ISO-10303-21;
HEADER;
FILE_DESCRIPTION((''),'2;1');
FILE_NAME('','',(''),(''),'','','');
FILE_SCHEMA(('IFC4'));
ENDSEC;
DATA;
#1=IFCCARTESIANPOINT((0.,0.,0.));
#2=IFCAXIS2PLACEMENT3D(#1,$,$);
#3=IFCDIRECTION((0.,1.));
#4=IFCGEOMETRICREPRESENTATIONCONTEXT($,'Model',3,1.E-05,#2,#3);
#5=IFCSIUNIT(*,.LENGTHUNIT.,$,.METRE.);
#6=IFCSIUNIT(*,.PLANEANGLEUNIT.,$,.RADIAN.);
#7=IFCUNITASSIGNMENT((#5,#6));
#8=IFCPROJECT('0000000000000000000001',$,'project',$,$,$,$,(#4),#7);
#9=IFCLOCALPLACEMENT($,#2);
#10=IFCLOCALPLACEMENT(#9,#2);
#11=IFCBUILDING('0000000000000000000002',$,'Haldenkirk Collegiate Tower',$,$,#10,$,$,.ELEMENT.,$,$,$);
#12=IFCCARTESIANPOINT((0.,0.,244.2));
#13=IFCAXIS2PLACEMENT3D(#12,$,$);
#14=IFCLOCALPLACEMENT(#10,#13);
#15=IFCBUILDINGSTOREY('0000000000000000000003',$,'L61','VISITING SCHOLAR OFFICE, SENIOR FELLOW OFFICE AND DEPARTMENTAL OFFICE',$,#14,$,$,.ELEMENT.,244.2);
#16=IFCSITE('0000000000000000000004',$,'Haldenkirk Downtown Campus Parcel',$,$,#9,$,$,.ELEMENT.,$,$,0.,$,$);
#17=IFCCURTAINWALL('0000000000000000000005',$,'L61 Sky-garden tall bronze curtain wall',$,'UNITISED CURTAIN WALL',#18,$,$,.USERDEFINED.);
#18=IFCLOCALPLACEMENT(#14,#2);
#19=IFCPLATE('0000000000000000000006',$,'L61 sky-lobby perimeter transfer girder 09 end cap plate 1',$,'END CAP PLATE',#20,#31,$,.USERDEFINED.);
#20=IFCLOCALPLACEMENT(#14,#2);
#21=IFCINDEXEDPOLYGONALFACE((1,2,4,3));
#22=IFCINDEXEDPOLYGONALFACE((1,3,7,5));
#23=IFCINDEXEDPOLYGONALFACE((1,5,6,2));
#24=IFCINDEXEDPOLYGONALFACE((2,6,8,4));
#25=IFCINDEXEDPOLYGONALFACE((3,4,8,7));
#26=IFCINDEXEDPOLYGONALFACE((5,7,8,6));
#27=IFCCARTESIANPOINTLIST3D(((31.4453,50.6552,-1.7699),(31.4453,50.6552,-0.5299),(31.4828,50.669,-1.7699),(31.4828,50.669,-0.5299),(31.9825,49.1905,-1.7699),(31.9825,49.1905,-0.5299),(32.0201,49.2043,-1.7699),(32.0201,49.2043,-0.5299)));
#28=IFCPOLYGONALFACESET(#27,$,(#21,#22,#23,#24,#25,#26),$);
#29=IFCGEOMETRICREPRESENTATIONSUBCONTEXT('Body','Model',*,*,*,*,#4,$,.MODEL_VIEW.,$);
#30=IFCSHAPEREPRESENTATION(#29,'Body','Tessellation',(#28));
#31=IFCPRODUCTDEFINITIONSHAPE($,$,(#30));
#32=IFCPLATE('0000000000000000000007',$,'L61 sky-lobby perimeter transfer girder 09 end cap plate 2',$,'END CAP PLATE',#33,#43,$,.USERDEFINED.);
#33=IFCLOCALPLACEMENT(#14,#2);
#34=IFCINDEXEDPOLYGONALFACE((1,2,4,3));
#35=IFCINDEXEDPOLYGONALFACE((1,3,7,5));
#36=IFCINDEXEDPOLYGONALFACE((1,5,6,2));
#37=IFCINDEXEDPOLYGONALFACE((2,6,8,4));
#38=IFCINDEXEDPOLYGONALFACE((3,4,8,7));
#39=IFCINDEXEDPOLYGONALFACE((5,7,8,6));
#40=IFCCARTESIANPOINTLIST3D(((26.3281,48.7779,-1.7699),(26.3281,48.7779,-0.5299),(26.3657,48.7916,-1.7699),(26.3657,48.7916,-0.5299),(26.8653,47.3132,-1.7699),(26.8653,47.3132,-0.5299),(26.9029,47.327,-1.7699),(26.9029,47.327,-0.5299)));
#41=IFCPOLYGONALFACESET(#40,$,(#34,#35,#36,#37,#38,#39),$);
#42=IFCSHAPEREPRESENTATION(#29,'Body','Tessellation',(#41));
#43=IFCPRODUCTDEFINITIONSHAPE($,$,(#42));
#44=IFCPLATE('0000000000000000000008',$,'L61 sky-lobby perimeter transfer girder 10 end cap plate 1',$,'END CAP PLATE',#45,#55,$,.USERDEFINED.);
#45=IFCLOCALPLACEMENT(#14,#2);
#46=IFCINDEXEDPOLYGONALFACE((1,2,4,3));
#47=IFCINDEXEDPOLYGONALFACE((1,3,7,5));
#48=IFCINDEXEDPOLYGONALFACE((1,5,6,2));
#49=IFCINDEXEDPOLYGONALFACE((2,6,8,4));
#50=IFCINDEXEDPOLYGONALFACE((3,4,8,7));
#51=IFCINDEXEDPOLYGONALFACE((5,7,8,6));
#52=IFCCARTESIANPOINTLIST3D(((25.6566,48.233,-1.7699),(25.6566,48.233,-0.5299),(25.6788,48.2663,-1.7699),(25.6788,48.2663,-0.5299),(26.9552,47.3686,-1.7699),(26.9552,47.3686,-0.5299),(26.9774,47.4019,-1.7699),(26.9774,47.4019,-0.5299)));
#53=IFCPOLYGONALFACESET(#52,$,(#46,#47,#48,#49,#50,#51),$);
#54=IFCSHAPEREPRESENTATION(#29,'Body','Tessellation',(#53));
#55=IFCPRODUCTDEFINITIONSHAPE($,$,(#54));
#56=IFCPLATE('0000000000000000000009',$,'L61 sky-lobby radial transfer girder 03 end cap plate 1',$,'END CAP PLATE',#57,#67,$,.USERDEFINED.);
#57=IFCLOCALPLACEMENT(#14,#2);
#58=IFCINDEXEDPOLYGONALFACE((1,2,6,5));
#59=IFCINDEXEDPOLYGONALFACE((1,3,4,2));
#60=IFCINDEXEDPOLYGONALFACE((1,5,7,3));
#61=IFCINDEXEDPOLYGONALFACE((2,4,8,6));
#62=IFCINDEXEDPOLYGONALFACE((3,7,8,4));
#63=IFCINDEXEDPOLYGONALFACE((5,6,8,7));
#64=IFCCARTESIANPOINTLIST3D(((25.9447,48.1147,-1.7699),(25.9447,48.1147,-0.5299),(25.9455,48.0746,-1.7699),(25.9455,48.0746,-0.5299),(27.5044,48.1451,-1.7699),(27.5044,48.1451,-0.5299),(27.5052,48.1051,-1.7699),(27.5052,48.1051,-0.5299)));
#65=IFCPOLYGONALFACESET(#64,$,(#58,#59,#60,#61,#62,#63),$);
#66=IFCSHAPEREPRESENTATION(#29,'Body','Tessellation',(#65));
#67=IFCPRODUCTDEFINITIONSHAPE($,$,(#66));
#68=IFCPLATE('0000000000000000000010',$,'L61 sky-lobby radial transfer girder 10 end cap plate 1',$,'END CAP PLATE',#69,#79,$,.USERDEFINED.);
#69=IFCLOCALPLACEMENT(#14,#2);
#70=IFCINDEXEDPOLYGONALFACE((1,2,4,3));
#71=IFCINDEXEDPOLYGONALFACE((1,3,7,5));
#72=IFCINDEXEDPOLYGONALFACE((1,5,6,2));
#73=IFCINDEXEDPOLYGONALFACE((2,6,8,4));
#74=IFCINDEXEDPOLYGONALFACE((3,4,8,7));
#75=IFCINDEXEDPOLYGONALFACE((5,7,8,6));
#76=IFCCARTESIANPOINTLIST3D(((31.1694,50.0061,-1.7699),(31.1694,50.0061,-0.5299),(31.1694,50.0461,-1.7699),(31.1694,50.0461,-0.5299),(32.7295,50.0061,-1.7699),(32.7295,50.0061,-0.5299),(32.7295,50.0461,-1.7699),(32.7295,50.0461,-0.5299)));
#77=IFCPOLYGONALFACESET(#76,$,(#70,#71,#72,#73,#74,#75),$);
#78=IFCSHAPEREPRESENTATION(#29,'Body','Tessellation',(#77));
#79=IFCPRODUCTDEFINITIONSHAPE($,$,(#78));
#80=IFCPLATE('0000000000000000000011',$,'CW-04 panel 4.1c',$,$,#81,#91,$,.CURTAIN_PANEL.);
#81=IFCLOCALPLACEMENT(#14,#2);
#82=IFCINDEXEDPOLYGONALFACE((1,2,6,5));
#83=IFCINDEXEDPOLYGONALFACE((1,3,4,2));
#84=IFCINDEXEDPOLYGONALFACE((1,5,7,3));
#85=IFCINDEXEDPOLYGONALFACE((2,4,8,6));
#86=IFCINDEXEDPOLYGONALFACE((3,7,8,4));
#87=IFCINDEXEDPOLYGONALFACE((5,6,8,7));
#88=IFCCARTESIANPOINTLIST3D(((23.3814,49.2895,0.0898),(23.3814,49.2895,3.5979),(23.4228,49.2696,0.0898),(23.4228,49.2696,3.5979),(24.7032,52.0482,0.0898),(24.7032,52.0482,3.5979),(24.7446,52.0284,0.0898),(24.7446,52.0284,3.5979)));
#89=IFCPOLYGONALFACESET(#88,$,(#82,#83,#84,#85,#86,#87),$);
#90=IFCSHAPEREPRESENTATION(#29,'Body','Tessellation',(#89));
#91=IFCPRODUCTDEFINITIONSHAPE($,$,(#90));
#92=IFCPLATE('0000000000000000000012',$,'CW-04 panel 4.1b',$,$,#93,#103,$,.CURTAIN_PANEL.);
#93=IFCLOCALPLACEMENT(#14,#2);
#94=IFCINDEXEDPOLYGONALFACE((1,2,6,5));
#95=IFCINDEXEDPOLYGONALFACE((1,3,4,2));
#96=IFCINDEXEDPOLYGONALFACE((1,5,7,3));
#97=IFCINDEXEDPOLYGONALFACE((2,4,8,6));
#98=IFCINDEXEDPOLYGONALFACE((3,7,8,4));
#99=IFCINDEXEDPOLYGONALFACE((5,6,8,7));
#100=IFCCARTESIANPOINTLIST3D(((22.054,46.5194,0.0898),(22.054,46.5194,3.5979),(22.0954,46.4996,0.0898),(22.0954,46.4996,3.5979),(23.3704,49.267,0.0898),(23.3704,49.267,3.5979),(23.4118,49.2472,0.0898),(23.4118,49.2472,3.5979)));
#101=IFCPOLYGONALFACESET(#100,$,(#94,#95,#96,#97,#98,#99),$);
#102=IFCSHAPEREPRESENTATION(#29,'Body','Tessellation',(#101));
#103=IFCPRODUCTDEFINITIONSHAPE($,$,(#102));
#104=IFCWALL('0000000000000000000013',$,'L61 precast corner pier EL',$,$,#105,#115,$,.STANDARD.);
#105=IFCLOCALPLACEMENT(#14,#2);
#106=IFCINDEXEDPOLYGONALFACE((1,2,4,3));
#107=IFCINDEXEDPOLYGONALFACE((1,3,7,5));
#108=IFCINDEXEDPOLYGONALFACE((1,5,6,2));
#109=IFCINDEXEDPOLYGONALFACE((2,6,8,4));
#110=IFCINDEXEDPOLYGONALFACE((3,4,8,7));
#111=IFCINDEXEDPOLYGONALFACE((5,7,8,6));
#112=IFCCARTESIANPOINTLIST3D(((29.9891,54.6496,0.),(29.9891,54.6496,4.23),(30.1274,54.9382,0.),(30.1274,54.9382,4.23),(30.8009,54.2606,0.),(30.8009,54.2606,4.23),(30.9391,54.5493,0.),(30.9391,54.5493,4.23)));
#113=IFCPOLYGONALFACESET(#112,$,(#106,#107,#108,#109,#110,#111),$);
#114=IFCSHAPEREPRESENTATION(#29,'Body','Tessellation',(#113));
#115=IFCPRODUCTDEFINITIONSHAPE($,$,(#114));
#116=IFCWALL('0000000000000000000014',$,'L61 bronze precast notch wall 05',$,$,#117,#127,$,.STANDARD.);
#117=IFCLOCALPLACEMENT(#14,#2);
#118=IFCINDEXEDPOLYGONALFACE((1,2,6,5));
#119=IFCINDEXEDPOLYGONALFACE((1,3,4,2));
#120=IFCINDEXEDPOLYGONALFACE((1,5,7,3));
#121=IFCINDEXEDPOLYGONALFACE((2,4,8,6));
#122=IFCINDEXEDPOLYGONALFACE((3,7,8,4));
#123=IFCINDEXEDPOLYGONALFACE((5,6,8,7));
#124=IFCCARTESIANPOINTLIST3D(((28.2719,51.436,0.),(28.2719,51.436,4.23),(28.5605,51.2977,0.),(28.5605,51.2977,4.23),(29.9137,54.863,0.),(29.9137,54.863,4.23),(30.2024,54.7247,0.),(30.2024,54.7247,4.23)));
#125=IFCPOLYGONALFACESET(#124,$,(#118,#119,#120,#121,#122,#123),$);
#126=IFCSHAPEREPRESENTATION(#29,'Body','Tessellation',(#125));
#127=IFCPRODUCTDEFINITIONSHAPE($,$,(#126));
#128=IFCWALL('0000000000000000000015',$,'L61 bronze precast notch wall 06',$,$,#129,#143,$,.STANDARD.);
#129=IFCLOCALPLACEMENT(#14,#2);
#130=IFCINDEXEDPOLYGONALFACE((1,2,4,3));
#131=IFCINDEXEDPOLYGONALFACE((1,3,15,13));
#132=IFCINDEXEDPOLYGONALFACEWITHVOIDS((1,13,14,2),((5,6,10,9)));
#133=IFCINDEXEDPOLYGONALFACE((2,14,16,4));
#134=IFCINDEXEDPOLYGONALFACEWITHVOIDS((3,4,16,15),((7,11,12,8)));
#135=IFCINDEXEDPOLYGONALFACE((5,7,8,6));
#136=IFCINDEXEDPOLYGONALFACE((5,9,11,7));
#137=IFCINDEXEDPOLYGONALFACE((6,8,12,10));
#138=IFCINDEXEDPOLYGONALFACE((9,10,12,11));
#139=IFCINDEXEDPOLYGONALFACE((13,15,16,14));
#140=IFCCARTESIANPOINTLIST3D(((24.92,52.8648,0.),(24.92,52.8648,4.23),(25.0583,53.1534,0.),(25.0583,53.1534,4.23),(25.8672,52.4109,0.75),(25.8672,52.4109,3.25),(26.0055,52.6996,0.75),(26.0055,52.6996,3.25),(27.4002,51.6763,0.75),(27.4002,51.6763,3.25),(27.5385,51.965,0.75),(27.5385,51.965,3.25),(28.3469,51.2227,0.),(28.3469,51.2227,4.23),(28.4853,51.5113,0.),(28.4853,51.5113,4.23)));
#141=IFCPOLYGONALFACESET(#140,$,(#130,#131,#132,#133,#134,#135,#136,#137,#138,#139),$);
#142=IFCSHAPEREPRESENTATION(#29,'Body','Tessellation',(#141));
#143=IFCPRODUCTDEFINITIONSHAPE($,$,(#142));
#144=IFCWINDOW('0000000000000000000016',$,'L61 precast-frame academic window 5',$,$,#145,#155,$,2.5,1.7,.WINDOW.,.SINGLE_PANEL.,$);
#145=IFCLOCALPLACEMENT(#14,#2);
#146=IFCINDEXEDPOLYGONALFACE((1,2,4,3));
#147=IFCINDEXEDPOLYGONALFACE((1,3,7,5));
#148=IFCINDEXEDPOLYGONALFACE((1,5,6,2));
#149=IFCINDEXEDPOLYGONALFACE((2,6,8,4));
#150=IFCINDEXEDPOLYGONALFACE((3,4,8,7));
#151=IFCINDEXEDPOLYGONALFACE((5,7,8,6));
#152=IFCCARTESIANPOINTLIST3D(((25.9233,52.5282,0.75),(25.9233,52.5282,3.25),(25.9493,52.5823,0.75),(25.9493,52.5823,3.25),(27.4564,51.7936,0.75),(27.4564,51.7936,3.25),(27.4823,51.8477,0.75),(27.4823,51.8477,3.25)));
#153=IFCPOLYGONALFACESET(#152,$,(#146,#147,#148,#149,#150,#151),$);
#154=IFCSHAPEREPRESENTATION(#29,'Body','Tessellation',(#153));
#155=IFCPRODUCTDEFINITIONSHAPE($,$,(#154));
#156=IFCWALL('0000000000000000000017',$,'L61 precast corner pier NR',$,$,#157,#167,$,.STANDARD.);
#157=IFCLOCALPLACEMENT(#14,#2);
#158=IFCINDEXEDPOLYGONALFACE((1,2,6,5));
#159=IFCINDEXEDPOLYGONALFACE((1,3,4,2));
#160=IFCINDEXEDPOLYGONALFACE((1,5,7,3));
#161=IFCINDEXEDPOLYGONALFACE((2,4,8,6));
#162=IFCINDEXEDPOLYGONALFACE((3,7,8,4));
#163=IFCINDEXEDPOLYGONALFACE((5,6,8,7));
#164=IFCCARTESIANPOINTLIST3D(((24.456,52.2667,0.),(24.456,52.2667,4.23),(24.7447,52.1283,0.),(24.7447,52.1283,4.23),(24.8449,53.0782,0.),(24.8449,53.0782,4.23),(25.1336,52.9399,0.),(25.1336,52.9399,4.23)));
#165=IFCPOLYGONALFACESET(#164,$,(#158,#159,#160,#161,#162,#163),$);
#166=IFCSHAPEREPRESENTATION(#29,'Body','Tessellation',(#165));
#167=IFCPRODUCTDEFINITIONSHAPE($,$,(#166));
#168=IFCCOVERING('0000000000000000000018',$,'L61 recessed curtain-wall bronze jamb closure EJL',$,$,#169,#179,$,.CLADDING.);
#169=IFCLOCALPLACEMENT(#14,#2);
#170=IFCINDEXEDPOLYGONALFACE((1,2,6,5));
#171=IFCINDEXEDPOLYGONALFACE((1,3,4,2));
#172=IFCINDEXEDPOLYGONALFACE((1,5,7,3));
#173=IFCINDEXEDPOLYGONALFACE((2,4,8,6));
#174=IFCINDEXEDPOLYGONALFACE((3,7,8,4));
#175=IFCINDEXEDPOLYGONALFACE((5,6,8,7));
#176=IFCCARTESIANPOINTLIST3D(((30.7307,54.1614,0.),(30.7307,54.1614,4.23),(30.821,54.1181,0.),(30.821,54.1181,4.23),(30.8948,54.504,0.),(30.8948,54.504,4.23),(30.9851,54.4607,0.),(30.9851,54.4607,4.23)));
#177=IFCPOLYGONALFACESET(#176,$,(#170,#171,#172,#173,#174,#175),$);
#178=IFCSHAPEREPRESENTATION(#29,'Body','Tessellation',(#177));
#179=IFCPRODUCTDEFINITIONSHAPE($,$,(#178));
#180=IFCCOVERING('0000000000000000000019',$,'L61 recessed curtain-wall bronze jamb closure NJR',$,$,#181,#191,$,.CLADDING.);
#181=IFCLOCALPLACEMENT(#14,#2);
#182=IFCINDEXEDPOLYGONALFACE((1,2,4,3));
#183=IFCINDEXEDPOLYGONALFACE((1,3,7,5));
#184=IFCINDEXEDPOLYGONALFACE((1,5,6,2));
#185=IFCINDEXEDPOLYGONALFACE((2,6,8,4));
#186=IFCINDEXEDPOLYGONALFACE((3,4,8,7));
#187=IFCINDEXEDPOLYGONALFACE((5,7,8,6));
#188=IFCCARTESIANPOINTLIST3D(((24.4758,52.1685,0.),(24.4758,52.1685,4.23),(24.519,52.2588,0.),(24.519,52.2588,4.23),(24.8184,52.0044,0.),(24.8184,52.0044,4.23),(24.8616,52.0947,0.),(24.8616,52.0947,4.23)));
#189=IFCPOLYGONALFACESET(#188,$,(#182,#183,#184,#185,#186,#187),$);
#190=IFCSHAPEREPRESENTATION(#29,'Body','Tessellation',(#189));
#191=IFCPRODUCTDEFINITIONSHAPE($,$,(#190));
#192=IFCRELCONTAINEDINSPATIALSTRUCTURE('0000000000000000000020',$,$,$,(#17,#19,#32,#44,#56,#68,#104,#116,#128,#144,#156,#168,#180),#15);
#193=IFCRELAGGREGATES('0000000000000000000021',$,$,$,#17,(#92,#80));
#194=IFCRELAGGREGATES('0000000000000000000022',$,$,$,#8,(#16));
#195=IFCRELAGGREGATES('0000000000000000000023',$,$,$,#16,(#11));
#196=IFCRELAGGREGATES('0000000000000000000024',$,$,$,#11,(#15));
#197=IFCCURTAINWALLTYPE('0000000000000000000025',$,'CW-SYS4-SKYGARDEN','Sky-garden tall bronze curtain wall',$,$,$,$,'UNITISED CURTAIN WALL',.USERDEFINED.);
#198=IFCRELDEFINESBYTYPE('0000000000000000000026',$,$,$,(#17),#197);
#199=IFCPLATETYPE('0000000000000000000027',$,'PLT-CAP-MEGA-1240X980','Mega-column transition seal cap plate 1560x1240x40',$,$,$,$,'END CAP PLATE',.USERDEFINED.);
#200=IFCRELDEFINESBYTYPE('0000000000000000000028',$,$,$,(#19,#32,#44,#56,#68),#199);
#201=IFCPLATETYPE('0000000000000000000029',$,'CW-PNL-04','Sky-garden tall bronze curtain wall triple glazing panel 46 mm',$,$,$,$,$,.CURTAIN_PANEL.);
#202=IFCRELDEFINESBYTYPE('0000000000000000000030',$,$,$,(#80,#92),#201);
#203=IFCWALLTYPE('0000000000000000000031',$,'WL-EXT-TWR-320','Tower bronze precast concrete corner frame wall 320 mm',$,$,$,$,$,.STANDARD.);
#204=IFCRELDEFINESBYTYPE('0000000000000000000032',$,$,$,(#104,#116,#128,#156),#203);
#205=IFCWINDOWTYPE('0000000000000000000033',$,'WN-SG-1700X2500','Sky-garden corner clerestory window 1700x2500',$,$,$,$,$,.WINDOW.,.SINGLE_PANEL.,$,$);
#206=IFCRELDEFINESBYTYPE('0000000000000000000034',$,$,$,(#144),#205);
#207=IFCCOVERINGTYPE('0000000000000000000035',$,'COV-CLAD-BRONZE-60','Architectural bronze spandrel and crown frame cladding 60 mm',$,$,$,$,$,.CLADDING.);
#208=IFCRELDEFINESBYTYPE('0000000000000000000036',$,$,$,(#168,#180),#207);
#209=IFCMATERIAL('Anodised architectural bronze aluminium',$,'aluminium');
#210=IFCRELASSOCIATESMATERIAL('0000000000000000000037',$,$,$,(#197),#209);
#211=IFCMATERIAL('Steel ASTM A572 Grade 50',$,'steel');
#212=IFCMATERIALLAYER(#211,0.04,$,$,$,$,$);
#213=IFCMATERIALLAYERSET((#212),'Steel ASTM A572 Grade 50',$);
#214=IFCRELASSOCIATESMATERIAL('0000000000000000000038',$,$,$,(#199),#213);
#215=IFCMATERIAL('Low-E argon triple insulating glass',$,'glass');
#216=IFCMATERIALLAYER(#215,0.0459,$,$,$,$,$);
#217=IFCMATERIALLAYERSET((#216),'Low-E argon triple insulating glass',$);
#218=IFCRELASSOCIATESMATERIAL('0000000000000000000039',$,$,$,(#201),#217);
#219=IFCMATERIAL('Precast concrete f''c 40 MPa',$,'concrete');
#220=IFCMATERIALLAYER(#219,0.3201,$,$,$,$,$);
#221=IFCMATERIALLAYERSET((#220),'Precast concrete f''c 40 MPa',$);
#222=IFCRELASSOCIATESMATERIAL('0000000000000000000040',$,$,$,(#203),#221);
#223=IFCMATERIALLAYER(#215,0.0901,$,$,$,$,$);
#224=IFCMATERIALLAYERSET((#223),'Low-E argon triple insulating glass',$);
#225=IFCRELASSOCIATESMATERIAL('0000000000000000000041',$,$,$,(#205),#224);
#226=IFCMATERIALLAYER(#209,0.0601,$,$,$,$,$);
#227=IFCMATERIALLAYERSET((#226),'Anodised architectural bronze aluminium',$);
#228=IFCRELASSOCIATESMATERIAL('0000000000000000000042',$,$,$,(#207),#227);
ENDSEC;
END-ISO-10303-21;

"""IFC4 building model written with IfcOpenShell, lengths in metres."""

from ifc_helpers import new_model, si_unit, direction, frame, frame_2d, origin, origin_2d, place, context, subcontext, project, spatial, rectangle, extrude, source, transform, mapped, material, layer, layer_set, type_object, element, fill, aggregate, save


model = new_model("IFC4")

# Units and contexts
model_context = context("Model", 3, precision=1e-05, world=origin(), true_north=direction((0.0, 1.0)))
body_context = subcontext(model_context, "Body", "Model", "MODEL_VIEW")
ifc_project = project(units=[si_unit("LENGTHUNIT", "METRE"), si_unit("PLANEANGLEUNIT", "RADIAN")], contexts=[model_context])

# Site, building, storey
site_placement = place(None, origin())
site = spatial("IfcSite", under=ifc_project, at=site_placement, Name="Haldenkirk Downtown Campus Parcel", CompositionType="ELEMENT", RefElevation=0.0)
building_placement = place(site_placement, origin())
building = spatial("IfcBuilding", under=site, at=building_placement, Name="Haldenkirk Collegiate Tower", CompositionType="ELEMENT")
storey_placement = place(building_placement, frame((0.0, 0.0, 244.2)))
storey = spatial("IfcBuildingStorey", under=building, at=storey_placement, Name="L61", Description="VISITING SCHOLAR OFFICE, SENIOR FELLOW OFFICE AND DEPARTMENTAL OFFICE", CompositionType="ELEMENT", Elevation=244.2)

# Shared definitions
ifc_material_1 = material(Name="Steel ASTM A572 Grade 50", Category="steel")

# Curtain wall
ifc_material_2 = material(Name="Anodised architectural bronze aluminium", Category="aluminium")
curtain_wall_type = type_object("IfcCurtainWallType", Name="CW-SYS4-SKYGARDEN", Description="Sky-garden tall bronze curtain wall", ElementType="UNITISED CURTAIN WALL", PredefinedType="USERDEFINED", material=ifc_material_2)
curtain_wall_1_placement = place(storey_placement, origin())
curtain_wall_1 = element("IfcCurtainWall", 1, at=curtain_wall_1_placement, inside=storey, type_object=curtain_wall_type, Name="L61 Sky-garden tall bronze curtain wall", ObjectType="UNITISED CURTAIN WALL", PredefinedType="USERDEFINED")

# Plates
ifc_layer_1 = layer(ifc_material_1, 0.04)
ifc_layer_set_1 = layer_set([ifc_layer_1], Name="Steel ASTM A572 Grade 50")
plate_type_1 = type_object("IfcPlateType", Name="PLT-CAP-MEGA-1240X980", Description="Mega-column transition seal cap plate 1560x1240x40", ElementType="END CAP PLATE", PredefinedType="USERDEFINED", material=ifc_layer_set_1)
shared_shape_1 = source(origin(), body_context, "Body", "SweptSolid", [
    extrude(rectangle(XDim=1.5601, YDim=1.24, at=origin_2d()), origin(), (0.0, 0.0, 1.0), 0.04),
])
for number, where, z_axis, x_axis, name in (
    (2, (31.7139, 49.9229, -1.1499), (0.938835, 0.344367, 0.0), (-0.344367, 0.938835, 0.0), "L61 sky-lobby perimeter transfer girder 09 end cap plate 1"),
    (3, (26.6343, 48.0593, -1.1499), (-0.938835, -0.344367, 0.0), (0.344367, -0.938835, 0.0), "L61 sky-lobby perimeter transfer girder 09 end cap plate 2"),
    (4, (26.3059, 47.8008, -1.1499), (0.554121, 0.832436, 0.0), (-0.832436, 0.554121, 0.0), "L61 sky-lobby perimeter transfer girder 10 end cap plate 1"),
    (5, (26.7253, 48.0898, -1.1499), (-0.019502, 0.99981, 0.0), (-0.99981, -0.019502, 0.0), "L61 sky-lobby radial transfer girder 03 end cap plate 1"),
    (6, (31.9495, 50.0061, -1.1499), (0.0, 1.0, 0.0), (-1.0, 0.0, 0.0), "L61 sky-lobby radial transfer girder 10 end cap plate 1"),
):
    element("IfcPlate", number, at=place(storey_placement, frame(where, z_axis=z_axis, x_axis=x_axis)), inside=storey, type_object=plate_type_1, Name=name, ObjectType="END CAP PLATE", PredefinedType="USERDEFINED", context=body_context, shape_type="MappedRepresentation", body=[
        mapped(shared_shape_1, transform((0.0, 0.0, 0.0), x_axis=(1.0, 0.0, 0.0), y_axis=(0.0, 1.0, 0.0), z_axis=(0.0, 0.0, 1.0), scale=1.0)),
    ])

# Plates
ifc_material_3 = material(Name="Low-E argon triple insulating glass", Category="glass")
ifc_layer_2 = layer(ifc_material_3, 0.0459)
ifc_layer_set_2 = layer_set([ifc_layer_2], Name="Low-E argon triple insulating glass")
plate_type_2 = type_object("IfcPlateType", Name="CW-PNL-04", Description="Sky-garden tall bronze curtain wall triple glazing panel 46 mm", PredefinedType="CURTAIN_PANEL", material=ifc_layer_set_2)
shared_shape_2 = source(origin(), body_context, "Body", "SweptSolid", [
    extrude(rectangle(XDim=3.0591, YDim=0.0459, at=origin_2d()), origin(), (0.0, 0.0, 1.0), 3.5081),
])
plate_1_placement = place(storey_placement, frame((24.063, 50.6589, 0.0898), z_axis=(0.0, 0.0, 1.0), x_axis=(0.432084, 0.901833, 0.0)))
plate_1 = element("IfcPlate", 7, at=plate_1_placement, type_object=plate_type_2, Name="CW-04 panel 4.1c", PredefinedType="CURTAIN_PANEL", context=body_context, shape_type="MappedRepresentation", body=[
    mapped(shared_shape_2, transform((0.0, 0.0, 0.0), x_axis=(1.0, 0.0, 0.0), y_axis=(0.0, 1.0, 0.0), z_axis=(0.0, 0.0, 1.0), scale=1.0)),
])
shared_shape_3 = source(origin(), body_context, "Body", "SweptSolid", [
    extrude(rectangle(XDim=3.0466, YDim=0.0459, at=origin_2d()), origin(), (0.0, 0.0, 1.0), 3.5081),
])
plate_2_placement = place(storey_placement, frame((22.7329, 47.8833, 0.0898), z_axis=(0.0, 0.0, 1.0), x_axis=(0.432084, 0.901833, 0.0)))
plate_2 = element("IfcPlate", 8, at=plate_2_placement, type_object=plate_type_2, Name="CW-04 panel 4.1b", PredefinedType="CURTAIN_PANEL", context=body_context, shape_type="MappedRepresentation", body=[
    mapped(shared_shape_3, transform((0.0, 0.0, 0.0), x_axis=(1.0, 0.0, 0.0), y_axis=(0.0, 1.0, 0.0), z_axis=(0.0, 0.0, 1.0), scale=1.0)),
])
aggregate(curtain_wall_1, [plate_2, plate_1])

# Walls
ifc_material_4 = material(Name="Precast concrete f'c 40 MPa", Category="concrete")
ifc_layer_3 = layer(ifc_material_4, 0.3201)
ifc_layer_set_3 = layer_set([ifc_layer_3], Name="Precast concrete f'c 40 MPa")
wall_type = type_object("IfcWallType", Name="WL-EXT-TWR-320", Description="Tower bronze precast concrete corner frame wall 320 mm", PredefinedType="STANDARD", material=ifc_layer_set_3)
wall_1_placement = place(storey_placement, frame((30.0581, 54.7939, 0.0), z_axis=(0.0, 0.0, 1.0), x_axis=(0.90184, -0.43207, 0.0)))
element("IfcWall", 9, at=wall_1_placement, inside=storey, type_object=wall_type, Name="L61 precast corner pier EL", PredefinedType="STANDARD", context=body_context, shape_type="SweptSolid", body=[
    extrude(rectangle(XDim=0.9001, YDim=0.3201, at=frame_2d((0.4502, 0.0))), origin(), (0.0, 0.0, 1.0), 4.23),
])
wall_2_placement = place(storey_placement, frame((28.4163, 51.3669, 0.0), z_axis=(0.0, 0.0, 1.0), x_axis=(0.432065, 0.901843, 0.0)))
element("IfcWall", 10, at=wall_2_placement, inside=storey, type_object=wall_type, Name="L61 bronze precast notch wall 05", PredefinedType="STANDARD", context=body_context, shape_type="SweptSolid", body=[
    extrude(rectangle(XDim=3.8, YDim=0.3201, at=frame_2d((1.8999, 0.0))), origin(), (0.0, 0.0, 1.0), 4.23),
])

# Wall, opening, window
wall_3_placement = place(storey_placement, frame((24.9893, 53.009, 0.0), z_axis=(0.0, 0.0, 1.0), x_axis=(0.901818, -0.432117, 0.0)))
wall_3 = element("IfcWall", 11, at=wall_3_placement, inside=storey, type_object=wall_type, Name="L61 bronze precast notch wall 06", PredefinedType="STANDARD", context=body_context, shape_type="SweptSolid", body=[
    extrude(rectangle(XDim=3.8, YDim=0.3201, at=frame_2d((1.8999, 0.0))), origin(), (0.0, 0.0, 1.0), 4.23),
])
opening_placement = place(wall_3_placement, frame((1.05, 0.0, 0.75)))
opening = element("IfcOpeningElement", 12, at=opening_placement, cuts=wall_3, PredefinedType="OPENING", context=body_context, shape_type="SweptSolid", body=[
    extrude(rectangle(XDim=1.7, YDim=2.5, at=frame_2d((0.8501, 1.25))), frame((0.0, 0.1699, 0.0), z_axis=(0.0, -1.0, 0.0), x_axis=(1.0, 0.0, 0.0)), (0.0, 0.0, 1.0), 0.3401),
])
ifc_layer_4 = layer(ifc_material_3, 0.0901)
ifc_layer_set_4 = layer_set([ifc_layer_4], Name="Low-E argon triple insulating glass")
window_type = type_object("IfcWindowType", Name="WN-SG-1700X2500", Description="Sky-garden corner clerestory window 1700x2500", PartitioningType="SINGLE_PANEL", PredefinedType="WINDOW", material=ifc_layer_set_4)
window_placement = place(opening_placement, origin())
window = element("IfcWindow", 13, at=window_placement, inside=storey, type_object=window_type, Name="L61 precast-frame academic window 5", OverallHeight=2.5, OverallWidth=1.7, PartitioningType="SINGLE_PANEL", PredefinedType="WINDOW", context=body_context, shape_type="SweptSolid", body=[
    extrude(rectangle(XDim=1.7, YDim=2.5, at=frame_2d((0.8501, 1.25))), frame((0.0, 0.03, 0.0), z_axis=(0.0, -1.0, 0.0), x_axis=(1.0, 0.0, 0.0)), (0.0, 0.0, 1.0), 0.0601),
])
fill(opening, window)

# Wall
wall_4_placement = place(storey_placement, frame((24.6003, 52.1975, 0.0), z_axis=(0.0, 0.0, 1.0), x_axis=(0.432175, 0.90179, 0.0)))
element("IfcWall", 14, at=wall_4_placement, inside=storey, type_object=wall_type, Name="L61 precast corner pier NR", PredefinedType="STANDARD", context=body_context, shape_type="SweptSolid", body=[
    extrude(rectangle(XDim=0.8999, YDim=0.3201, at=frame_2d((0.45, 0.0))), origin(), (0.0, 0.0, 1.0), 4.23),
])

# Coverings
ifc_layer_5 = layer(ifc_material_2, 0.0601)
ifc_layer_set_5 = layer_set([ifc_layer_5], Name="Anodised architectural bronze aluminium")
covering_type = type_object("IfcCoveringType", Name="COV-CLAD-BRONZE-60", Description="Architectural bronze spandrel and crown frame cladding 60 mm", PredefinedType="CLADDING", material=ifc_layer_set_5)
shared_shape_4 = source(origin(), body_context, "Body", "SweptSolid", [
    extrude(rectangle(XDim=0.1001, YDim=0.3799, at=origin_2d()), origin(), (0.0, 0.0, 1.0), 4.23),
])
for number, where, z_axis, x_axis, name in (
    (15, (30.8579, 54.311, 0.0), (0.0, 0.0, 1.0), (0.901833, -0.432086, 0.0), "L61 recessed curtain-wall bronze jamb closure EJL"),
    (16, (24.6687, 52.1316, 0.0), (0.0, 0.0, 1.0), (0.432086, 0.901833, 0.0), "L61 recessed curtain-wall bronze jamb closure NJR"),
):
    element("IfcCovering", number, at=place(storey_placement, frame(where, z_axis=z_axis, x_axis=x_axis)), inside=storey, type_object=covering_type, Name=name, PredefinedType="CLADDING", context=body_context, shape_type="MappedRepresentation", body=[
        mapped(shared_shape_4, transform((0.0, 0.0, 0.0), x_axis=(1.0, 0.0, 0.0), y_axis=(0.0, 1.0, 0.0), z_axis=(0.0, 0.0, 1.0), scale=1.0)),
    ])

save(model, "model.ifc")
